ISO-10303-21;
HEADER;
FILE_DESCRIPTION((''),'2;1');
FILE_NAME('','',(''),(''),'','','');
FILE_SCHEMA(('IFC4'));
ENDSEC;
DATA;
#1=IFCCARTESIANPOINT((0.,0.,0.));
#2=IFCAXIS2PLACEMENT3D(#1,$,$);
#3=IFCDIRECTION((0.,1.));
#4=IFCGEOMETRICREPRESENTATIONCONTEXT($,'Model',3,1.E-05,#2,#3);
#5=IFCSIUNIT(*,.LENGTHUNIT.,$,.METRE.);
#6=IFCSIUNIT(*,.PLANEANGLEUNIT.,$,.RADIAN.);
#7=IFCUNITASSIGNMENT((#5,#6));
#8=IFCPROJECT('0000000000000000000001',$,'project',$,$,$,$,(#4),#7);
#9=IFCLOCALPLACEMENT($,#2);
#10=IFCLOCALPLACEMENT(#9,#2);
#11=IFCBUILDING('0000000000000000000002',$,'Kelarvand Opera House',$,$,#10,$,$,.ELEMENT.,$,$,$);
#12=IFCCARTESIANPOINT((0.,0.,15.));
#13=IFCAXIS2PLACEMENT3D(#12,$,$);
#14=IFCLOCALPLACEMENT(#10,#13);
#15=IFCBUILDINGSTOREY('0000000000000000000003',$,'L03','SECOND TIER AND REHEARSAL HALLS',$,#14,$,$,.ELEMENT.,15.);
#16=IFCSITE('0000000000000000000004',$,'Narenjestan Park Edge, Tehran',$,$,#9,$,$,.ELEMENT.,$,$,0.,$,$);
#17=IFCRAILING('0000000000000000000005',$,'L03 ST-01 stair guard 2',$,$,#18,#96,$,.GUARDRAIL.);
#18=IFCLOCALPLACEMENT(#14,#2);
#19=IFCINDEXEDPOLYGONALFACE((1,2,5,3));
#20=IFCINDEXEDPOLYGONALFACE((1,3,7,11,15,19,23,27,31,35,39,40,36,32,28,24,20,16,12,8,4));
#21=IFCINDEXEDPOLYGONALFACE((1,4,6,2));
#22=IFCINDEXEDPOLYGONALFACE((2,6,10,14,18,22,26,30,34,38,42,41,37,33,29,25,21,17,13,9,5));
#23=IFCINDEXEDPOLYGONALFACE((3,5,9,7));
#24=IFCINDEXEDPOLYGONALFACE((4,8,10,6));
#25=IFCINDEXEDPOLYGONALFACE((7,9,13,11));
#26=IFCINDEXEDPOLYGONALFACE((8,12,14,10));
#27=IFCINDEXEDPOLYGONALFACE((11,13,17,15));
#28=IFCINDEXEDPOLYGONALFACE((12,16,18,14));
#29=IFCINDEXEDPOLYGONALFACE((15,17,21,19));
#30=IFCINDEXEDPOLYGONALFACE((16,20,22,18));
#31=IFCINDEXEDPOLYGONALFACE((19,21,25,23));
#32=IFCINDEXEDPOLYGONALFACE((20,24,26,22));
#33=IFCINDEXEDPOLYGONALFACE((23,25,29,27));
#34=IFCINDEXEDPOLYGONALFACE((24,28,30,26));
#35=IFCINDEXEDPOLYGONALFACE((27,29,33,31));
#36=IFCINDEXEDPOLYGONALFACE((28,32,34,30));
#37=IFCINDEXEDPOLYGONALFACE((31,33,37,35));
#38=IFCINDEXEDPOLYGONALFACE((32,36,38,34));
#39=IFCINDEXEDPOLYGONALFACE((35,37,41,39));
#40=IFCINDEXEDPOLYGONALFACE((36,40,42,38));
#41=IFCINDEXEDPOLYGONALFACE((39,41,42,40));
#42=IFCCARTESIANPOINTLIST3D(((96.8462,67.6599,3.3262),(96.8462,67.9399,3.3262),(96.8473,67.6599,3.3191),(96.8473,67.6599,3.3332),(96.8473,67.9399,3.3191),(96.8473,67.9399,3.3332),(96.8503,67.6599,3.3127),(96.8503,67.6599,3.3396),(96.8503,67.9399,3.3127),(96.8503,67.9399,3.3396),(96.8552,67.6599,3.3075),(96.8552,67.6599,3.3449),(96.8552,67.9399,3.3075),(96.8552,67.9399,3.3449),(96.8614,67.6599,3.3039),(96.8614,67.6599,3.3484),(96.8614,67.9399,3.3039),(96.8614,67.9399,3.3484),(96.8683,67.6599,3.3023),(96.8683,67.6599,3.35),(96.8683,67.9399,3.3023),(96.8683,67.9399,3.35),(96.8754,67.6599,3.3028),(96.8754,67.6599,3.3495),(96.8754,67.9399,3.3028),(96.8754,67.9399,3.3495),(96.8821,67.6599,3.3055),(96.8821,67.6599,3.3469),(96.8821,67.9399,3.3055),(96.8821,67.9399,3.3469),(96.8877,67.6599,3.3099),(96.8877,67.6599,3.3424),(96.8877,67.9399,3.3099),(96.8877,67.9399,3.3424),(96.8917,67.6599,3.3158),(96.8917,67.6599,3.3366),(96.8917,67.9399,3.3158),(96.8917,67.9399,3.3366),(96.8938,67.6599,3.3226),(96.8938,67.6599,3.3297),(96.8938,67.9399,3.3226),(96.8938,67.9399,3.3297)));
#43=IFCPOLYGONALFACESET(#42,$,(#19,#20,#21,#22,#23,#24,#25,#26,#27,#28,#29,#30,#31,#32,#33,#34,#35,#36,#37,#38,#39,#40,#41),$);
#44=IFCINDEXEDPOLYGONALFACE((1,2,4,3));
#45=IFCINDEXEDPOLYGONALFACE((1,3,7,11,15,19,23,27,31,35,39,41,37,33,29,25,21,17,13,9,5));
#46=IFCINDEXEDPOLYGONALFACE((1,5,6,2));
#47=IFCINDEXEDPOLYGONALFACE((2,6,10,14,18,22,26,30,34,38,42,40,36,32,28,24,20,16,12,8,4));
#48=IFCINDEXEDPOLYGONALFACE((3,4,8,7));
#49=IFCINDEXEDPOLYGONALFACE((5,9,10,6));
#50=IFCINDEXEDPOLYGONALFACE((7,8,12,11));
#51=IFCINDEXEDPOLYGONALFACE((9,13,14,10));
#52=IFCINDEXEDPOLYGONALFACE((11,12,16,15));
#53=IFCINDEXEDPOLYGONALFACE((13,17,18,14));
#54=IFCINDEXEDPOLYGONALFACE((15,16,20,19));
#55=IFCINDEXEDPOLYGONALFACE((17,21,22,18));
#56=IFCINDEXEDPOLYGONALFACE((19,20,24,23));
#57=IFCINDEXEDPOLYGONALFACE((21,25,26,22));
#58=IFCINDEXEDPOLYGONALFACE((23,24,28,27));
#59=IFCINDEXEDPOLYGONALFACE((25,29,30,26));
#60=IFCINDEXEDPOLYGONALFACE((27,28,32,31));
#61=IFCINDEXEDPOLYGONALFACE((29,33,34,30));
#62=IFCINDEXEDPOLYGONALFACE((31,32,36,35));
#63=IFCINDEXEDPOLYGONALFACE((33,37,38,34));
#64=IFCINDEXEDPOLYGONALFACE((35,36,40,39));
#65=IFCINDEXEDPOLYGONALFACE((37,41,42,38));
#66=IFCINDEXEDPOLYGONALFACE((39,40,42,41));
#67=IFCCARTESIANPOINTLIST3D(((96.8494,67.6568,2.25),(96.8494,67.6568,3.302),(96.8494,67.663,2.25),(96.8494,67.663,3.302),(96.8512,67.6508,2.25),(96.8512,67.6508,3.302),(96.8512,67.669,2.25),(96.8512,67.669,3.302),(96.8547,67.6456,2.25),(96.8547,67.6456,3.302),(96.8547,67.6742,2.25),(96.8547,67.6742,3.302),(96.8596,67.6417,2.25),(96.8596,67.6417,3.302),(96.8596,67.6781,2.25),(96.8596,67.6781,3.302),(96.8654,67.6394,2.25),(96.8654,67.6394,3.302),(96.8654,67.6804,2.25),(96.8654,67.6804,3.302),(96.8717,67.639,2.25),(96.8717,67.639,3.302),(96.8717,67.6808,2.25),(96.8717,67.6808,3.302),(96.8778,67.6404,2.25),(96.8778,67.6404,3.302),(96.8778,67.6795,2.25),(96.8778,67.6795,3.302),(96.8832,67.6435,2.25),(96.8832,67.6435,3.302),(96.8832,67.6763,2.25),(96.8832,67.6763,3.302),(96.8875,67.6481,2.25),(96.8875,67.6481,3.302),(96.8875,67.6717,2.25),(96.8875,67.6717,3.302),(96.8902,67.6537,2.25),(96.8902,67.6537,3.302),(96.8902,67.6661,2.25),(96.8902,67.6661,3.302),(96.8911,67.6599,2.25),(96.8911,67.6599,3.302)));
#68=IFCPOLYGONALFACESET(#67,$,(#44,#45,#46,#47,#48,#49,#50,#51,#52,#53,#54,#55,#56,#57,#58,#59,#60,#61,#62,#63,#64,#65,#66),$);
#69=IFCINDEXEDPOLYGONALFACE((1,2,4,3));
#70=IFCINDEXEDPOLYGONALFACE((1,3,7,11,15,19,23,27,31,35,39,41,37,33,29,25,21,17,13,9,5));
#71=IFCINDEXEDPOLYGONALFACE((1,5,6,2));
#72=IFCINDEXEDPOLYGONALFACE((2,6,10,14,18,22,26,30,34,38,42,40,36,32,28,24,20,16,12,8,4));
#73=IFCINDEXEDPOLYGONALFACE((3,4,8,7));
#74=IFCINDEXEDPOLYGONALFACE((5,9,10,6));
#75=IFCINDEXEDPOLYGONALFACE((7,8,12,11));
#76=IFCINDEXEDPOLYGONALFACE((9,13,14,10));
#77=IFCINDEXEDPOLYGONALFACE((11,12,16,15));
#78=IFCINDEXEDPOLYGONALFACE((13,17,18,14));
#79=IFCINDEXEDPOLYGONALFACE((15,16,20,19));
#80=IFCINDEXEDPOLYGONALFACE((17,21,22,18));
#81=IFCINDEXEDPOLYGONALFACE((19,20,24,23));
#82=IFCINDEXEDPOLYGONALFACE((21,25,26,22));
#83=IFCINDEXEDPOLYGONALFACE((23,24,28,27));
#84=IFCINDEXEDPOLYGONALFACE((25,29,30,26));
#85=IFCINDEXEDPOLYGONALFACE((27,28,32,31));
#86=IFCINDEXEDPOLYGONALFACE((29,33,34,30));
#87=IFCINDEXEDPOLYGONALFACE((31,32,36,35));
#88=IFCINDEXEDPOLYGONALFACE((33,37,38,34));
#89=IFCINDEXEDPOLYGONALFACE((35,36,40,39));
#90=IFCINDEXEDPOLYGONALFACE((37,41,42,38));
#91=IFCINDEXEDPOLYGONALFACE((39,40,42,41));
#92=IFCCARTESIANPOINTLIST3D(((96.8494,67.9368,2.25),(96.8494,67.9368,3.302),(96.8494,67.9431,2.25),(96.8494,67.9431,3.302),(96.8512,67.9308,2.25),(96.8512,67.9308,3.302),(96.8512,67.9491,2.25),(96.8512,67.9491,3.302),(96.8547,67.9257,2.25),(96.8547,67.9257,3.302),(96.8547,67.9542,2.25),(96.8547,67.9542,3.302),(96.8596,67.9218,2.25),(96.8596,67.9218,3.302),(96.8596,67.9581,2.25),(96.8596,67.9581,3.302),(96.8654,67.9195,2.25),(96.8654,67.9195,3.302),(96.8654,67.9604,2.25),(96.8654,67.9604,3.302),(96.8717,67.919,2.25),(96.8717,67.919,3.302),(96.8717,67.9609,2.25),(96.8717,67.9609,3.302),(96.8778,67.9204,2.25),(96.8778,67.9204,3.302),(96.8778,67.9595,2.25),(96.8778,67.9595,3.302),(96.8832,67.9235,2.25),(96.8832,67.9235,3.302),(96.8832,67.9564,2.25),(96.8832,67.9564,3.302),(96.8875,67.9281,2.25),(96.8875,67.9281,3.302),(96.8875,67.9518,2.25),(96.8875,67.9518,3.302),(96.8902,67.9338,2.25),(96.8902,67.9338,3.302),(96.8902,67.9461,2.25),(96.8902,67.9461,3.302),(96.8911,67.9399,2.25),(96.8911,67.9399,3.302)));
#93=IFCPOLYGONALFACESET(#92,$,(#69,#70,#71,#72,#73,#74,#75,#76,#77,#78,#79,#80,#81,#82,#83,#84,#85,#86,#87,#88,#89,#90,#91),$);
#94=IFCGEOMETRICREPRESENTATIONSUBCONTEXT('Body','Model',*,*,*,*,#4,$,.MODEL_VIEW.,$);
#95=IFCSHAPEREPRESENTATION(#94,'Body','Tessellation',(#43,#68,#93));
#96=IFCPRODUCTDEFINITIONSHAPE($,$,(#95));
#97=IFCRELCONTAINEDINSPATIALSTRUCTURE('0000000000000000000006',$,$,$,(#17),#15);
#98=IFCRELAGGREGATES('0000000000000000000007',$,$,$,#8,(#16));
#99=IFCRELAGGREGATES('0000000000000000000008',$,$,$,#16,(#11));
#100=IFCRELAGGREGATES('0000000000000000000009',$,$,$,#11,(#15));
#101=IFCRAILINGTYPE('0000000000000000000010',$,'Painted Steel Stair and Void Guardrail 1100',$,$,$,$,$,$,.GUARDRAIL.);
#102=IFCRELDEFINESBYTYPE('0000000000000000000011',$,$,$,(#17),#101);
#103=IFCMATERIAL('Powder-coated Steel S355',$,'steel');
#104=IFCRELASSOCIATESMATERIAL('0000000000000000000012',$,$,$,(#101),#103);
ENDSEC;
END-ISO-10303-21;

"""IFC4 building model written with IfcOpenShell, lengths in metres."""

from ifc_helpers import new_model, si_unit, direction, frame, origin, origin_2d, place, context, subcontext, project, spatial, circle, extrude, material, type_object, element, save


model = new_model("IFC4")

# Units and contexts
model_context = context("Model", 3, precision=1e-05, world=origin(), true_north=direction((0.0, 1.0)))
body_context = subcontext(model_context, "Body", "Model", "MODEL_VIEW")
ifc_project = project(units=[si_unit("LENGTHUNIT", "METRE"), si_unit("PLANEANGLEUNIT", "RADIAN")], contexts=[model_context])

# Site, building, storey
site_placement = place(None, origin())
site = spatial("IfcSite", under=ifc_project, at=site_placement, Name="Narenjestan Park Edge, Tehran", CompositionType="ELEMENT", RefElevation=0.0)
building_placement = place(site_placement, origin())
building = spatial("IfcBuilding", under=site, at=building_placement, Name="Kelarvand Opera House", CompositionType="ELEMENT")
storey_placement = place(building_placement, frame((0.0, 0.0, 15.0)))
storey = spatial("IfcBuildingStorey", under=building, at=storey_placement, Name="L03", Description="SECOND TIER AND REHEARSAL HALLS", CompositionType="ELEMENT", Elevation=15.0)

# Railing
ifc_material_1 = material(Name="Powder-coated Steel S355", Category="steel")
railing_type_1 = type_object("IfcRailingType", Name="Painted Steel Stair and Void Guardrail 1100", PredefinedType="GUARDRAIL", material=ifc_material_1)
railing_1_placement = place(storey_placement, frame((96.8701, 67.6599, 2.25)))
element("IfcRailing", 1, at=railing_1_placement, inside=storey, type_object=railing_type_1, Name="L03 ST-01 stair guard 2", PredefinedType="GUARDRAIL", context=body_context, shape_type="SweptSolid", body=[
    extrude(circle(Radius=0.0239, at=origin_2d()), frame((0.0, 0.0, 1.0762), z_axis=(0.0, 1.0, 0.0), x_axis=(-1.0, 0.0, 0.0)), (0.0, 0.0, 1.0), 0.28),
    extrude(circle(Radius=0.021, at=origin_2d()), origin(), (0.0, 0.0, 1.0), 1.052),
    extrude(circle(Radius=0.021, at=origin_2d()), frame((0.0, 0.28, 0.0)), (0.0, 0.0, 1.0), 1.052),
])

save(model, "model.ifc")
